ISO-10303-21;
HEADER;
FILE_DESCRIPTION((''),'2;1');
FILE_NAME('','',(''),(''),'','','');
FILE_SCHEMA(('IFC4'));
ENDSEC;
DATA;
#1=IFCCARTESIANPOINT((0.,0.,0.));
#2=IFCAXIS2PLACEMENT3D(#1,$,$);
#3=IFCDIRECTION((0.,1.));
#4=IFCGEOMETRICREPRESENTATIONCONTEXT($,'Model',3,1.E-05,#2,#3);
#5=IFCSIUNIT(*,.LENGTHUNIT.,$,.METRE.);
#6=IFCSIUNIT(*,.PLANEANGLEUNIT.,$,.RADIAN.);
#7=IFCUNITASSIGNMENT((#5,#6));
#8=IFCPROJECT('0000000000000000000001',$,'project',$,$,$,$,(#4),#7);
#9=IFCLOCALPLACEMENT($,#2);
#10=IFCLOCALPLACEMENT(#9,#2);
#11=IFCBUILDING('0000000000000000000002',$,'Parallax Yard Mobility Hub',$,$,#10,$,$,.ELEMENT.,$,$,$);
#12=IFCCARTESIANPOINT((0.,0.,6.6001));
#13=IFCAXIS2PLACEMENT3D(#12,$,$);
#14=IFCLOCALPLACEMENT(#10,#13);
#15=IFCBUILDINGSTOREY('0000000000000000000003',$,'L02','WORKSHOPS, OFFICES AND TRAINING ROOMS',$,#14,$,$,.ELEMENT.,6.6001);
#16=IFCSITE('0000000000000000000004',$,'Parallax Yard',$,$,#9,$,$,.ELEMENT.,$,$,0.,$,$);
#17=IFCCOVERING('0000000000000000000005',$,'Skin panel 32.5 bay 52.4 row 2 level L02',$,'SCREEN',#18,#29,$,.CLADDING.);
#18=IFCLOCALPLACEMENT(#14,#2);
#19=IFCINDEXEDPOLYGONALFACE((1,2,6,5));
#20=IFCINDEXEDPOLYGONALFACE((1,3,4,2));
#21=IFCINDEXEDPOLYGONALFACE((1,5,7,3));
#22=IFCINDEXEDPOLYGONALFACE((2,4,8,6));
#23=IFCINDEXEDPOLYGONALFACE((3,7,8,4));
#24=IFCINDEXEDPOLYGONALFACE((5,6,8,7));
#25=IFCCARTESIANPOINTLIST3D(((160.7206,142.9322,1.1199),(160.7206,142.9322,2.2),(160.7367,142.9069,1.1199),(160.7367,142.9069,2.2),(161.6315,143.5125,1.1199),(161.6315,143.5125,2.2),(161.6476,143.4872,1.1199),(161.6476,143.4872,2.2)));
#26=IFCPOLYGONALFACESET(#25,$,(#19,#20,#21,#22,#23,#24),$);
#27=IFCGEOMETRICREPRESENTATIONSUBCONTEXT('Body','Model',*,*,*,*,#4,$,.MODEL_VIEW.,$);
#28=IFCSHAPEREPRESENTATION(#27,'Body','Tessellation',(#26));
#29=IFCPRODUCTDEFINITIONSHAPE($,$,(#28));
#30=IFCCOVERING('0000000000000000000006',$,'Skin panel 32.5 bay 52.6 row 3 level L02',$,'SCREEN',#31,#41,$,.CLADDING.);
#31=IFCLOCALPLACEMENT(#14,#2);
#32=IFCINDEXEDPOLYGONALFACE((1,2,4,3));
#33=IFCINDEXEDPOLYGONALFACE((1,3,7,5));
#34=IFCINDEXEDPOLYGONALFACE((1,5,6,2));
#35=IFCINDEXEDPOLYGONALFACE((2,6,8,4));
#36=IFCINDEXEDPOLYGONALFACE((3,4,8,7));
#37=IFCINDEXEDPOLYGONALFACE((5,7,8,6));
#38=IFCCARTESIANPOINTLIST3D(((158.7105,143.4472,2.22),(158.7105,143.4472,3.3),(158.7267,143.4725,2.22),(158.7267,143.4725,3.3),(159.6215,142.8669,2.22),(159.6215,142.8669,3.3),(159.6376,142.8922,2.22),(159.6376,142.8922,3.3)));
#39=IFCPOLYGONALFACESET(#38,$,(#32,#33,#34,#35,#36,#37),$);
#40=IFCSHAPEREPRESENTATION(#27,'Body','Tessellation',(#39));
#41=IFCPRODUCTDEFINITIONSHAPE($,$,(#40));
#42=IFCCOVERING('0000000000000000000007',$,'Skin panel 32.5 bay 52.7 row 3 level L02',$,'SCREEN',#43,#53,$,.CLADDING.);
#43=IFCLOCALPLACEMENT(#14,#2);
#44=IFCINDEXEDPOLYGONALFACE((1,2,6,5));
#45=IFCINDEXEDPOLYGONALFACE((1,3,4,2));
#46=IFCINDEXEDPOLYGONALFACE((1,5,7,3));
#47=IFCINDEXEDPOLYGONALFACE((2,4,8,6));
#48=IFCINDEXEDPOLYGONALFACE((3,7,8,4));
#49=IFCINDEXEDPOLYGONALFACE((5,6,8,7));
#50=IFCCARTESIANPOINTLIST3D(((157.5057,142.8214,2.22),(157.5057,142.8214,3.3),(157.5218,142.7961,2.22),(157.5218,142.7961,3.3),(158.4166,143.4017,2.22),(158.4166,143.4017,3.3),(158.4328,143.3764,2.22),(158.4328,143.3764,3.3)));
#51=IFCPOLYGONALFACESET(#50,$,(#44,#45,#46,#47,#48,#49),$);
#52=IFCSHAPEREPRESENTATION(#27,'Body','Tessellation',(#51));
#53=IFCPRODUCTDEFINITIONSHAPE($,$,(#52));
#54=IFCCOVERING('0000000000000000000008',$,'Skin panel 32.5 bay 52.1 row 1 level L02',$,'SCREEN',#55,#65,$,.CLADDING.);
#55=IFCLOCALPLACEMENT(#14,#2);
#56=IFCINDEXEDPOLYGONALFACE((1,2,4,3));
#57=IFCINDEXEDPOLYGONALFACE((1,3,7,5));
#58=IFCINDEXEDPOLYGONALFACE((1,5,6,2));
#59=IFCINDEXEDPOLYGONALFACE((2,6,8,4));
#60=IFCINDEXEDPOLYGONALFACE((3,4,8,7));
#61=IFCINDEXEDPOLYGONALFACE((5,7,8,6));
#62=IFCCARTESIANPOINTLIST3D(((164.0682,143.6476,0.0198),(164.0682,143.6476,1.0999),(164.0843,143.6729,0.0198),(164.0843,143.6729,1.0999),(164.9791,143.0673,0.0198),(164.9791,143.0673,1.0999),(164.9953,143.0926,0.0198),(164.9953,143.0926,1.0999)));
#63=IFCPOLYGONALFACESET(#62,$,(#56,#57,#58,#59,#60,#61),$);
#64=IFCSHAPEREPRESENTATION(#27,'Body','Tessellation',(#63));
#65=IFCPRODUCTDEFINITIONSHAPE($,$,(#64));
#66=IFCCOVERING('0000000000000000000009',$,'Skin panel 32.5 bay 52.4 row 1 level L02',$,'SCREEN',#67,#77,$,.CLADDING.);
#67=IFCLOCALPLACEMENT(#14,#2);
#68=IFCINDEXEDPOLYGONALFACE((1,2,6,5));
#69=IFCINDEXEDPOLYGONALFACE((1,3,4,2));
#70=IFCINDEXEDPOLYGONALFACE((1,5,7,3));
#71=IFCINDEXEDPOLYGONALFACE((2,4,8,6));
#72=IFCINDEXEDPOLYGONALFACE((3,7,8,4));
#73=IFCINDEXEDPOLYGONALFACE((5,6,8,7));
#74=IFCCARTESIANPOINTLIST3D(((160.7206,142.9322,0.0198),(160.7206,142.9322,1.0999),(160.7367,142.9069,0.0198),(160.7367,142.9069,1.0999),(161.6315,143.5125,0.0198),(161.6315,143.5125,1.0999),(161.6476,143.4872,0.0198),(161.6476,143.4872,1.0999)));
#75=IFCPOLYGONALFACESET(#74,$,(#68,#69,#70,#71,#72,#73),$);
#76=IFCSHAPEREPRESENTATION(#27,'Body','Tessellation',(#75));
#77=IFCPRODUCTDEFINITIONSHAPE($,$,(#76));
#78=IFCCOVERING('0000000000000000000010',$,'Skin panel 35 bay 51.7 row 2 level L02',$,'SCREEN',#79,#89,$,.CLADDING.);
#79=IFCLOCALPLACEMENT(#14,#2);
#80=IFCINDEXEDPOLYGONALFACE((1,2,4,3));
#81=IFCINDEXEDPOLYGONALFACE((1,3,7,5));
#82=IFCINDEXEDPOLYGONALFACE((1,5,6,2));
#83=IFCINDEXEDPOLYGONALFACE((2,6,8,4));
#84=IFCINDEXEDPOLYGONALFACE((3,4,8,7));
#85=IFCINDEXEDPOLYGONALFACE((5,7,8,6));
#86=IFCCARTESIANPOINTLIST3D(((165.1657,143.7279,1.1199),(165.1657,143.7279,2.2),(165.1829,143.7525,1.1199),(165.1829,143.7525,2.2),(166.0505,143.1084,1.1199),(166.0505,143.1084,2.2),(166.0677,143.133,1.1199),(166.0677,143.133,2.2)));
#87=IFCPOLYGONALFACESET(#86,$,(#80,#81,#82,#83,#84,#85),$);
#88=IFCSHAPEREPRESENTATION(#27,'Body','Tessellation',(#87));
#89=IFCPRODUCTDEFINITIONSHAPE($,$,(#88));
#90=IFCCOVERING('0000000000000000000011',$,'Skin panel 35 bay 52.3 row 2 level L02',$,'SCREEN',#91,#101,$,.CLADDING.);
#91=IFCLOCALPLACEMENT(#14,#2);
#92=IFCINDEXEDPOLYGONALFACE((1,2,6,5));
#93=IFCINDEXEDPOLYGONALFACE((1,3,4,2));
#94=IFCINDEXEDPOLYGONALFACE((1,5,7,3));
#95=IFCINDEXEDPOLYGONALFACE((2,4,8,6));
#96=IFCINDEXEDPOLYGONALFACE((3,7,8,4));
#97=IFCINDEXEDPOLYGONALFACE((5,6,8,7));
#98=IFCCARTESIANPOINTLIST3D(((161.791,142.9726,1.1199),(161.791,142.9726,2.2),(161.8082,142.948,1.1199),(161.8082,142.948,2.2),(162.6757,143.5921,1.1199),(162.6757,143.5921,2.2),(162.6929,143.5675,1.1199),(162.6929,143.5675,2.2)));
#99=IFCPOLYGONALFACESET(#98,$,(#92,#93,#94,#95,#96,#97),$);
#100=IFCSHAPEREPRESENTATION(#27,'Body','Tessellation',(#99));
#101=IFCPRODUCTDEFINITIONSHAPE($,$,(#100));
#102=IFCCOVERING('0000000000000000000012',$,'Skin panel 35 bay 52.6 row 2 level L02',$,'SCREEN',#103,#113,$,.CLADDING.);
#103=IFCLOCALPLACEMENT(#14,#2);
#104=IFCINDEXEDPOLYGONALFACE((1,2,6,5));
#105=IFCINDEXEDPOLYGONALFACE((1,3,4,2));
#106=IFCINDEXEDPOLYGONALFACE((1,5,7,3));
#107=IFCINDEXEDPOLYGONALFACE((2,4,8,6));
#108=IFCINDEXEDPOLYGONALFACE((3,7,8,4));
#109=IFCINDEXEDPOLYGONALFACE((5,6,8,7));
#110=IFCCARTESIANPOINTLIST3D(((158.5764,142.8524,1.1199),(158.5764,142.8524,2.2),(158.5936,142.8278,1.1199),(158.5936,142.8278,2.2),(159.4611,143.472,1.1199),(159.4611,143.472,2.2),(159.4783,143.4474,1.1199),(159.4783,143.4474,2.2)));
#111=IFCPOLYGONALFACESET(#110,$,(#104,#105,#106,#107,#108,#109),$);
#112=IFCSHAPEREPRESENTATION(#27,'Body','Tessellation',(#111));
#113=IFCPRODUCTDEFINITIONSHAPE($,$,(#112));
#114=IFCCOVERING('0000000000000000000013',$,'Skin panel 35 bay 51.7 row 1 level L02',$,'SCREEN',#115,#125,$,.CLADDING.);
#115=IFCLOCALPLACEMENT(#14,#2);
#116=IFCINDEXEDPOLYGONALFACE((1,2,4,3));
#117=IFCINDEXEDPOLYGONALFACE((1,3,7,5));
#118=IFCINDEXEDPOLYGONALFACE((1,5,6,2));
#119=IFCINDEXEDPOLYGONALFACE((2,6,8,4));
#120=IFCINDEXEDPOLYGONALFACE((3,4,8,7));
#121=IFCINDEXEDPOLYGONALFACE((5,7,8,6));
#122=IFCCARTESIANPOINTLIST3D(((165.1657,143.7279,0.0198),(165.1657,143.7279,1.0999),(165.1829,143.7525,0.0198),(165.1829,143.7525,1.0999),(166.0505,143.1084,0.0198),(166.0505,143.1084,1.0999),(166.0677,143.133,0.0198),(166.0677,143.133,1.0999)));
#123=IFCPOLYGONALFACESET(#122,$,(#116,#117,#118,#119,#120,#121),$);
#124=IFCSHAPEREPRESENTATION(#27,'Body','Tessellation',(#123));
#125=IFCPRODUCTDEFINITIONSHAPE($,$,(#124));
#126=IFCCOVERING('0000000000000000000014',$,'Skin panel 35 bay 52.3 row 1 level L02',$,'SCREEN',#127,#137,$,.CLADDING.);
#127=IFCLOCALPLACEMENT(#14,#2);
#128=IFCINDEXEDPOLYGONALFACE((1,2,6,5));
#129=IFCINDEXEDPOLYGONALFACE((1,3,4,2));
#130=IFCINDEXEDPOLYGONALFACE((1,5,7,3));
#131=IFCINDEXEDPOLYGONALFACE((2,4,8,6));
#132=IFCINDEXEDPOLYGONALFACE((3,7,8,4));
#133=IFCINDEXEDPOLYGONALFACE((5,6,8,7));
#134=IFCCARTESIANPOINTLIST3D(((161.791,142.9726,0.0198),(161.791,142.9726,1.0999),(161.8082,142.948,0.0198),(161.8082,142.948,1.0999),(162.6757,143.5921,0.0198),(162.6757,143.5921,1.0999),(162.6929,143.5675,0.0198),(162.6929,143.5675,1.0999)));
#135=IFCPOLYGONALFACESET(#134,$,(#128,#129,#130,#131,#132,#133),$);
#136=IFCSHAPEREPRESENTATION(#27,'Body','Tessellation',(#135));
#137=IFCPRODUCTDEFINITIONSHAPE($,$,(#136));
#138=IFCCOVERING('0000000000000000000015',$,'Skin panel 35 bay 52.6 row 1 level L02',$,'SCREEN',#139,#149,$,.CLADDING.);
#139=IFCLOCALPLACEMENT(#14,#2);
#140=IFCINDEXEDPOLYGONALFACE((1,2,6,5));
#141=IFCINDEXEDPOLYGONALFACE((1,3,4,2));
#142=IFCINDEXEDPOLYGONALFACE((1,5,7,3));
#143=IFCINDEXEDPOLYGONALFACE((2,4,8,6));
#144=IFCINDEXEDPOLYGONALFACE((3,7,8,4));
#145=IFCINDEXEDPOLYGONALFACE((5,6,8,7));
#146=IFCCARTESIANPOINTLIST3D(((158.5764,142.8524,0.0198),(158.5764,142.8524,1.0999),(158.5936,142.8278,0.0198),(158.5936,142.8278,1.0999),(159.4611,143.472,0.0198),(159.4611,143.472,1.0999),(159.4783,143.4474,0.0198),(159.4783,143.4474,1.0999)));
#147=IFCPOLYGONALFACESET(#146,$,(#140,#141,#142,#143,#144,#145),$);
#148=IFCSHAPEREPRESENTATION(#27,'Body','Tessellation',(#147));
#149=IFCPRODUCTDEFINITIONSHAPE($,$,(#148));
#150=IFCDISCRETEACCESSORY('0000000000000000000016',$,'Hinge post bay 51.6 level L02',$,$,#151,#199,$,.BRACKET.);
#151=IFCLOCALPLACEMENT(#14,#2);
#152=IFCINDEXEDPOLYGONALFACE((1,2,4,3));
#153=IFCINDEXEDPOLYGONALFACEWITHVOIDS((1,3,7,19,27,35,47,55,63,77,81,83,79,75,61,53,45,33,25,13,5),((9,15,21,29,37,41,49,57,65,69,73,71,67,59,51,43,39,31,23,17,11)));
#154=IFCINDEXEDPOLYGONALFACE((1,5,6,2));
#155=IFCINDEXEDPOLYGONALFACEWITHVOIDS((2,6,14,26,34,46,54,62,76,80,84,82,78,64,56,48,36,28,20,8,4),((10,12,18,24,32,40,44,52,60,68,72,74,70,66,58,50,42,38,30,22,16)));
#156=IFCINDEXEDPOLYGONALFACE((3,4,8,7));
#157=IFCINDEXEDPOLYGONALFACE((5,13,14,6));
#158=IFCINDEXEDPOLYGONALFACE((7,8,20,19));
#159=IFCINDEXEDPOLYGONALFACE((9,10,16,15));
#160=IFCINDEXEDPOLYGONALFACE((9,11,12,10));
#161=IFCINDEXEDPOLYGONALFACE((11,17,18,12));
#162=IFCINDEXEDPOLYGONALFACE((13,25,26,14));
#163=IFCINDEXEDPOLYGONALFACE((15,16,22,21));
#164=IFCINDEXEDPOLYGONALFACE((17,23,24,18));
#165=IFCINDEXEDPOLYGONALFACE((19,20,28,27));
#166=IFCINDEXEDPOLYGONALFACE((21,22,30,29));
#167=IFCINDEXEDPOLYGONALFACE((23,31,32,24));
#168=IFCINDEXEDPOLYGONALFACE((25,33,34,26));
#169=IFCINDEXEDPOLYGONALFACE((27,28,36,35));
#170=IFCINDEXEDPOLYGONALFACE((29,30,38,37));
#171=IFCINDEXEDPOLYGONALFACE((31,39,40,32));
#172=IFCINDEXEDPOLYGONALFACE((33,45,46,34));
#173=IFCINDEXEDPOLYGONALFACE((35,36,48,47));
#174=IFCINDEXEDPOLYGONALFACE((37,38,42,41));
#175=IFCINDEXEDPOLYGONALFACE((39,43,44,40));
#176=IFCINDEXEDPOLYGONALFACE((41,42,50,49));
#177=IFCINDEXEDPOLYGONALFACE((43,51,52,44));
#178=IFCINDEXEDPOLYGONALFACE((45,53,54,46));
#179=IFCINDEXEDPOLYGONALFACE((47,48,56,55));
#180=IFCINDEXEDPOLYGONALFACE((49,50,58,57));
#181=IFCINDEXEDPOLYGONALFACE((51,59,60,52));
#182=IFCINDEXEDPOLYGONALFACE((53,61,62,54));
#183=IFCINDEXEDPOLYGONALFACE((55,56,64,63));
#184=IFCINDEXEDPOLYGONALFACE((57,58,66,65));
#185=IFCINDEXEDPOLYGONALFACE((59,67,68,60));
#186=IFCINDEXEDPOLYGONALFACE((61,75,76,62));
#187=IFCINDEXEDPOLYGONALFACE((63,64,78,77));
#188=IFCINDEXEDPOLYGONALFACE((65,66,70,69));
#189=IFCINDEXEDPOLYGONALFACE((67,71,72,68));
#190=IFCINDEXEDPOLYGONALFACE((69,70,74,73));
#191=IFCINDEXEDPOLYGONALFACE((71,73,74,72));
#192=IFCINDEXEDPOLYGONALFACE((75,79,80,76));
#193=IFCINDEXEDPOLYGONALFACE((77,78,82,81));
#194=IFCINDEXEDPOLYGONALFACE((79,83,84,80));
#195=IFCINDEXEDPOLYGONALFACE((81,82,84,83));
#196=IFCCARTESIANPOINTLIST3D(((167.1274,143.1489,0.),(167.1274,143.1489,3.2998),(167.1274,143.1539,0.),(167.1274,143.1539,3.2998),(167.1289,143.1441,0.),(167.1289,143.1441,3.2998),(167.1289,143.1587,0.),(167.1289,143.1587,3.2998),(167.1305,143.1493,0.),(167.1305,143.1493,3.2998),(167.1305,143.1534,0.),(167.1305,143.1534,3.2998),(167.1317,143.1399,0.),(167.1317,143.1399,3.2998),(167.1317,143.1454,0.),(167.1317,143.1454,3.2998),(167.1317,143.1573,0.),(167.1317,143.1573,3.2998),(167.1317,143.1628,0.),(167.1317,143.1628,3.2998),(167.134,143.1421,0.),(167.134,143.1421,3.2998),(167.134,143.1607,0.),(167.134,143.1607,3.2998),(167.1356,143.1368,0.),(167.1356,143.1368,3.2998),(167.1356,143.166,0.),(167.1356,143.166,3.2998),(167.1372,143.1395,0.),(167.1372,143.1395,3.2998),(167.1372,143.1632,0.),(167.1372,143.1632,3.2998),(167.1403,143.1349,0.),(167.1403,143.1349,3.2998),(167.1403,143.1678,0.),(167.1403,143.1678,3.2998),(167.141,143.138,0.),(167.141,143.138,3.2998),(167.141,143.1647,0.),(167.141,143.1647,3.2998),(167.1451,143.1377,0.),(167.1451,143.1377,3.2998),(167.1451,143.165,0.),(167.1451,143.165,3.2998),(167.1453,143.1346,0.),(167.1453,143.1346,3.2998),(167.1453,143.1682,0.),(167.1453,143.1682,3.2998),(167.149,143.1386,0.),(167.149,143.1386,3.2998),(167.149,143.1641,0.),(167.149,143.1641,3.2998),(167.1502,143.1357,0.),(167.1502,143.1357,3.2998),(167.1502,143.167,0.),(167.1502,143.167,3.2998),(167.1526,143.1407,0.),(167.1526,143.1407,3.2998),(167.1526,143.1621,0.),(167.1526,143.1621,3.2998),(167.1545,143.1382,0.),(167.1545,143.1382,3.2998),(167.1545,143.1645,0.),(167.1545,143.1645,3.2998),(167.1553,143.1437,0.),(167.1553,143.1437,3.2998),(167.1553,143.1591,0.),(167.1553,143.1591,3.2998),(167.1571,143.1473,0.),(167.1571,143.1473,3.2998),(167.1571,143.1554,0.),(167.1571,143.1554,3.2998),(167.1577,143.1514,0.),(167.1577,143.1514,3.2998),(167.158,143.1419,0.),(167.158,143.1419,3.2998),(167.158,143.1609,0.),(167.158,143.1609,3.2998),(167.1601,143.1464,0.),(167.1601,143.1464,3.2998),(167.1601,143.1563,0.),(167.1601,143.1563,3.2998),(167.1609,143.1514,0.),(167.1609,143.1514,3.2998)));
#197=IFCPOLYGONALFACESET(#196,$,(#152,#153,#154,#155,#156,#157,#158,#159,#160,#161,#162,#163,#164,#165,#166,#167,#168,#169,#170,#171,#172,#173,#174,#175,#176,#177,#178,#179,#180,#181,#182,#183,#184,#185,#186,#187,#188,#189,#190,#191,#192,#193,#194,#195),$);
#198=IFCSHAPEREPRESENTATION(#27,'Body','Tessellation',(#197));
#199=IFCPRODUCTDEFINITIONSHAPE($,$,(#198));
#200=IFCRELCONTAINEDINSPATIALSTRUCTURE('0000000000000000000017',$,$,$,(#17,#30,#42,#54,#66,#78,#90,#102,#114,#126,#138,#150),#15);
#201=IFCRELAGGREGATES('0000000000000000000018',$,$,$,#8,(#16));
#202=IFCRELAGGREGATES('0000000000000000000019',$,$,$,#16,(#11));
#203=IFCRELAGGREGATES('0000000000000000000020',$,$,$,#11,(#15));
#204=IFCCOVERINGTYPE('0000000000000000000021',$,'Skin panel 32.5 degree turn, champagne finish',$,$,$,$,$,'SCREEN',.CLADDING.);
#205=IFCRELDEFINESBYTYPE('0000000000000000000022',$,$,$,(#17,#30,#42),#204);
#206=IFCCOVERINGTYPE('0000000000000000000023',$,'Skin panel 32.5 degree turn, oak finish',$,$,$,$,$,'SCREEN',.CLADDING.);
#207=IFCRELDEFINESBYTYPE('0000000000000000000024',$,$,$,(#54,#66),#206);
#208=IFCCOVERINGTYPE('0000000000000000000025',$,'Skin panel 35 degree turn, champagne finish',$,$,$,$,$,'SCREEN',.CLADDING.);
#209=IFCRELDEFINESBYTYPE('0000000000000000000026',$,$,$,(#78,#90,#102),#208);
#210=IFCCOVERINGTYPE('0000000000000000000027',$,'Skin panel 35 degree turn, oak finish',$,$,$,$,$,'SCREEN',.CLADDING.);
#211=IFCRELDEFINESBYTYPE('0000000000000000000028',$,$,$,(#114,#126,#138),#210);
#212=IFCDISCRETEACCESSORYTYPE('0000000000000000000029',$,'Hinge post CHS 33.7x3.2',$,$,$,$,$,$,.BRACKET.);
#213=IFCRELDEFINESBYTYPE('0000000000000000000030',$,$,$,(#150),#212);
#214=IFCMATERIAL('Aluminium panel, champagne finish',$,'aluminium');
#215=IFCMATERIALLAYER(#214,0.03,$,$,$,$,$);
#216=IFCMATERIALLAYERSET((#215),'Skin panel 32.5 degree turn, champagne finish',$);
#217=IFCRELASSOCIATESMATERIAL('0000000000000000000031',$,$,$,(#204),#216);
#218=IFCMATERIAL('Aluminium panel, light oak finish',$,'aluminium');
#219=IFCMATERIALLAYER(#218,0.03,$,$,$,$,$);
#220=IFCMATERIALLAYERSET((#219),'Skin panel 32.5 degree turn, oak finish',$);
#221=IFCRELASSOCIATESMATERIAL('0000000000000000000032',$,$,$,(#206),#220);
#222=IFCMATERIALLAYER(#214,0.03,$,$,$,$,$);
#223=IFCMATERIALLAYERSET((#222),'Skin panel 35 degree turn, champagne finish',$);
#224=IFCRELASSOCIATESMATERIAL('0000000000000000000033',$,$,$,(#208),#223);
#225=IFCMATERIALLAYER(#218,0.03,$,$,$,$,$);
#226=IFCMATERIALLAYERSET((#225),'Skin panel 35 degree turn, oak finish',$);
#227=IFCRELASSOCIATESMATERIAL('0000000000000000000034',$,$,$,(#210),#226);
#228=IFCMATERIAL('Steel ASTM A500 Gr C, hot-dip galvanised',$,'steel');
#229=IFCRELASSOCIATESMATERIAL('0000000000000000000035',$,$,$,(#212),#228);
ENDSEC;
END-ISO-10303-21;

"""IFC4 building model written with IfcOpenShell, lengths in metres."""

from ifc_helpers import new_model, si_unit, direction, frame, origin, origin_2d, place, context, subcontext, project, spatial, rectangle, hollow_circle, extrude, material, layer, layer_set, material_profile, profile_set, type_object, element, save


model = new_model("IFC4")

# Units and contexts
model_context = context("Model", 3, precision=1e-05, world=origin(), true_north=direction((0.0, 1.0)))
body_context = subcontext(model_context, "Body", "Model", "MODEL_VIEW")
ifc_project = project(units=[si_unit("LENGTHUNIT", "METRE"), si_unit("PLANEANGLEUNIT", "RADIAN")], contexts=[model_context])

# Site, building, storey
site_placement = place(None, origin())
site = spatial("IfcSite", under=ifc_project, at=site_placement, Name="Parallax Yard", CompositionType="ELEMENT", RefElevation=0.0)
building_placement = place(site_placement, origin())
building = spatial("IfcBuilding", under=site, at=building_placement, Name="Parallax Yard Mobility Hub", CompositionType="ELEMENT")
storey_placement = place(building_placement, frame((0.0, 0.0, 6.6001)))
storey = spatial("IfcBuildingStorey", under=building, at=storey_placement, Name="L02", Description="WORKSHOPS, OFFICES AND TRAINING ROOMS", CompositionType="ELEMENT", Elevation=6.6001)

# Coverings
ifc_material_1 = material(Name="Aluminium panel, champagne finish", Category="aluminium")
ifc_material_2 = material(Name="Aluminium panel, light oak finish", Category="aluminium")
ifc_layer_1 = layer(ifc_material_1, 0.03)
ifc_layer_set_1 = layer_set([ifc_layer_1], Name="Skin panel 32.5 degree turn, champagne finish")
covering_type_1 = type_object("IfcCoveringType", Name="Skin panel 32.5 degree turn, champagne finish", ElementType="SCREEN", PredefinedType="CLADDING", material=ifc_layer_set_1)
for number, where, z_axis, x_axis, name in (
    (1, (161.1841, 143.2097, 1.1199), (0.0, 0.0, 1.0), (0.843391, 0.5373, 0.0), "Skin panel 32.5 bay 52.4 row 2 level L02"),
    (2, (159.1741, 143.1697, 2.22), (0.0, 0.0, 1.0), (-0.843391, 0.5373, 0.0), "Skin panel 32.5 bay 52.6 row 3 level L02"),
    (3, (157.9692, 143.0989, 2.22), (0.0, 0.0, 1.0), (0.843391, 0.5373, 0.0), "Skin panel 32.5 bay 52.7 row 3 level L02"),
):
    element("IfcCovering", number, at=place(storey_placement, frame(where, z_axis=z_axis, x_axis=x_axis)), inside=storey, type_object=covering_type_1, Name=name, ObjectType="SCREEN", PredefinedType="CLADDING", context=body_context, shape_type="SweptSolid", body=[
        extrude(rectangle(XDim=1.0801, YDim=0.03, at=origin_2d()), origin(), (0.0, 0.0, 1.0), 1.0801),
    ])
ifc_layer_2 = layer(ifc_material_2, 0.03)
ifc_layer_set_2 = layer_set([ifc_layer_2], Name="Skin panel 32.5 degree turn, oak finish")
covering_type_2 = type_object("IfcCoveringType", Name="Skin panel 32.5 degree turn, oak finish", ElementType="SCREEN", PredefinedType="CLADDING", material=ifc_layer_set_2)
for number, where, z_axis, x_axis, name in (
    (4, (164.5317, 143.3701, 0.0198), (0.0, 0.0, 1.0), (-0.843391, 0.5373, 0.0), "Skin panel 32.5 bay 52.1 row 1 level L02"),
    (5, (161.1841, 143.2097, 0.0198), (0.0, 0.0, 1.0), (0.843391, 0.5373, 0.0), "Skin panel 32.5 bay 52.4 row 1 level L02"),
):
    element("IfcCovering", number, at=place(storey_placement, frame(where, z_axis=z_axis, x_axis=x_axis)), inside=storey, type_object=covering_type_2, Name=name, ObjectType="SCREEN", PredefinedType="CLADDING", context=body_context, shape_type="SweptSolid", body=[
        extrude(rectangle(XDim=1.0801, YDim=0.03, at=origin_2d()), origin(), (0.0, 0.0, 1.0), 1.0801),
    ])
ifc_layer_3 = layer(ifc_material_1, 0.03)
ifc_layer_set_3 = layer_set([ifc_layer_3], Name="Skin panel 35 degree turn, champagne finish")
covering_type_3 = type_object("IfcCoveringType", Name="Skin panel 35 degree turn, champagne finish", ElementType="SCREEN", PredefinedType="CLADDING", material=ifc_layer_set_3)
for number, where, z_axis, x_axis, name in (
    (6, (165.6167, 143.4304, 1.1199), (0.0, 0.0, 1.0), (-0.819152, 0.573576, 0.0), "Skin panel 35 bay 51.7 row 2 level L02"),
    (7, (162.2419, 143.27, 1.1199), (0.0, 0.0, 1.0), (0.819152, 0.573576, 0.0), "Skin panel 35 bay 52.3 row 2 level L02"),
    (8, (159.0273, 143.1499, 1.1199), (0.0, 0.0, 1.0), (0.819152, 0.573576, 0.0), "Skin panel 35 bay 52.6 row 2 level L02"),
):
    element("IfcCovering", number, at=place(storey_placement, frame(where, z_axis=z_axis, x_axis=x_axis)), inside=storey, type_object=covering_type_3, Name=name, ObjectType="SCREEN", PredefinedType="CLADDING", context=body_context, shape_type="SweptSolid", body=[
        extrude(rectangle(XDim=1.0801, YDim=0.03, at=origin_2d()), origin(), (0.0, 0.0, 1.0), 1.0801),
    ])
ifc_layer_4 = layer(ifc_material_2, 0.03)
ifc_layer_set_4 = layer_set([ifc_layer_4], Name="Skin panel 35 degree turn, oak finish")
covering_type_4 = type_object("IfcCoveringType", Name="Skin panel 35 degree turn, oak finish", ElementType="SCREEN", PredefinedType="CLADDING", material=ifc_layer_set_4)
for number, where, z_axis, x_axis, name in (
    (9, (165.6167, 143.4304, 0.0198), (0.0, 0.0, 1.0), (-0.819152, 0.573576, 0.0), "Skin panel 35 bay 51.7 row 1 level L02"),
    (10, (162.2419, 143.27, 0.0198), (0.0, 0.0, 1.0), (0.819152, 0.573576, 0.0), "Skin panel 35 bay 52.3 row 1 level L02"),
    (11, (159.0273, 143.1499, 0.0198), (0.0, 0.0, 1.0), (0.819152, 0.573576, 0.0), "Skin panel 35 bay 52.6 row 1 level L02"),
):
    element("IfcCovering", number, at=place(storey_placement, frame(where, z_axis=z_axis, x_axis=x_axis)), inside=storey, type_object=covering_type_4, Name=name, ObjectType="SCREEN", PredefinedType="CLADDING", context=body_context, shape_type="SweptSolid", body=[
        extrude(rectangle(XDim=1.0801, YDim=0.03, at=origin_2d()), origin(), (0.0, 0.0, 1.0), 1.0801),
    ])

# Discrete accessory
ifc_material_3 = material(Name="Steel ASTM A500 Gr C, hot-dip galvanised", Category="steel")
ifc_material_profile = material_profile(ifc_material_3, hollow_circle(Radius=0.0168, WallThickness=0.0032, at=origin_2d()), Name="CHS 33.7x3.2")
ifc_profile_set = profile_set([ifc_material_profile], Name="Steel ASTM A500 Gr C, hot-dip galvanised")
discrete_accessory_type = type_object("IfcDiscreteAccessoryType", Name="Hinge post CHS 33.7x3.2", PredefinedType="BRACKET", material=ifc_profile_set)
for number, where, z_axis, x_axis, name in (
    (12, (167.144, 143.1514, 0.0), (0.0, 0.0, 1.0), (1.0, 0.0, 0.0), "Hinge post bay 51.6 level L02"),
):
    element("IfcDiscreteAccessory", number, at=place(storey_placement, frame(where, z_axis=z_axis, x_axis=x_axis)), inside=storey, type_object=discrete_accessory_type, Name=name, PredefinedType="BRACKET", context=body_context, shape_type="SweptSolid", body=[
        extrude(hollow_circle(Radius=0.0168, WallThickness=0.0032, at=origin_2d()), origin(), (0.0, 0.0, 1.0), 3.2998),
    ])

save(model, "model.ifc")
